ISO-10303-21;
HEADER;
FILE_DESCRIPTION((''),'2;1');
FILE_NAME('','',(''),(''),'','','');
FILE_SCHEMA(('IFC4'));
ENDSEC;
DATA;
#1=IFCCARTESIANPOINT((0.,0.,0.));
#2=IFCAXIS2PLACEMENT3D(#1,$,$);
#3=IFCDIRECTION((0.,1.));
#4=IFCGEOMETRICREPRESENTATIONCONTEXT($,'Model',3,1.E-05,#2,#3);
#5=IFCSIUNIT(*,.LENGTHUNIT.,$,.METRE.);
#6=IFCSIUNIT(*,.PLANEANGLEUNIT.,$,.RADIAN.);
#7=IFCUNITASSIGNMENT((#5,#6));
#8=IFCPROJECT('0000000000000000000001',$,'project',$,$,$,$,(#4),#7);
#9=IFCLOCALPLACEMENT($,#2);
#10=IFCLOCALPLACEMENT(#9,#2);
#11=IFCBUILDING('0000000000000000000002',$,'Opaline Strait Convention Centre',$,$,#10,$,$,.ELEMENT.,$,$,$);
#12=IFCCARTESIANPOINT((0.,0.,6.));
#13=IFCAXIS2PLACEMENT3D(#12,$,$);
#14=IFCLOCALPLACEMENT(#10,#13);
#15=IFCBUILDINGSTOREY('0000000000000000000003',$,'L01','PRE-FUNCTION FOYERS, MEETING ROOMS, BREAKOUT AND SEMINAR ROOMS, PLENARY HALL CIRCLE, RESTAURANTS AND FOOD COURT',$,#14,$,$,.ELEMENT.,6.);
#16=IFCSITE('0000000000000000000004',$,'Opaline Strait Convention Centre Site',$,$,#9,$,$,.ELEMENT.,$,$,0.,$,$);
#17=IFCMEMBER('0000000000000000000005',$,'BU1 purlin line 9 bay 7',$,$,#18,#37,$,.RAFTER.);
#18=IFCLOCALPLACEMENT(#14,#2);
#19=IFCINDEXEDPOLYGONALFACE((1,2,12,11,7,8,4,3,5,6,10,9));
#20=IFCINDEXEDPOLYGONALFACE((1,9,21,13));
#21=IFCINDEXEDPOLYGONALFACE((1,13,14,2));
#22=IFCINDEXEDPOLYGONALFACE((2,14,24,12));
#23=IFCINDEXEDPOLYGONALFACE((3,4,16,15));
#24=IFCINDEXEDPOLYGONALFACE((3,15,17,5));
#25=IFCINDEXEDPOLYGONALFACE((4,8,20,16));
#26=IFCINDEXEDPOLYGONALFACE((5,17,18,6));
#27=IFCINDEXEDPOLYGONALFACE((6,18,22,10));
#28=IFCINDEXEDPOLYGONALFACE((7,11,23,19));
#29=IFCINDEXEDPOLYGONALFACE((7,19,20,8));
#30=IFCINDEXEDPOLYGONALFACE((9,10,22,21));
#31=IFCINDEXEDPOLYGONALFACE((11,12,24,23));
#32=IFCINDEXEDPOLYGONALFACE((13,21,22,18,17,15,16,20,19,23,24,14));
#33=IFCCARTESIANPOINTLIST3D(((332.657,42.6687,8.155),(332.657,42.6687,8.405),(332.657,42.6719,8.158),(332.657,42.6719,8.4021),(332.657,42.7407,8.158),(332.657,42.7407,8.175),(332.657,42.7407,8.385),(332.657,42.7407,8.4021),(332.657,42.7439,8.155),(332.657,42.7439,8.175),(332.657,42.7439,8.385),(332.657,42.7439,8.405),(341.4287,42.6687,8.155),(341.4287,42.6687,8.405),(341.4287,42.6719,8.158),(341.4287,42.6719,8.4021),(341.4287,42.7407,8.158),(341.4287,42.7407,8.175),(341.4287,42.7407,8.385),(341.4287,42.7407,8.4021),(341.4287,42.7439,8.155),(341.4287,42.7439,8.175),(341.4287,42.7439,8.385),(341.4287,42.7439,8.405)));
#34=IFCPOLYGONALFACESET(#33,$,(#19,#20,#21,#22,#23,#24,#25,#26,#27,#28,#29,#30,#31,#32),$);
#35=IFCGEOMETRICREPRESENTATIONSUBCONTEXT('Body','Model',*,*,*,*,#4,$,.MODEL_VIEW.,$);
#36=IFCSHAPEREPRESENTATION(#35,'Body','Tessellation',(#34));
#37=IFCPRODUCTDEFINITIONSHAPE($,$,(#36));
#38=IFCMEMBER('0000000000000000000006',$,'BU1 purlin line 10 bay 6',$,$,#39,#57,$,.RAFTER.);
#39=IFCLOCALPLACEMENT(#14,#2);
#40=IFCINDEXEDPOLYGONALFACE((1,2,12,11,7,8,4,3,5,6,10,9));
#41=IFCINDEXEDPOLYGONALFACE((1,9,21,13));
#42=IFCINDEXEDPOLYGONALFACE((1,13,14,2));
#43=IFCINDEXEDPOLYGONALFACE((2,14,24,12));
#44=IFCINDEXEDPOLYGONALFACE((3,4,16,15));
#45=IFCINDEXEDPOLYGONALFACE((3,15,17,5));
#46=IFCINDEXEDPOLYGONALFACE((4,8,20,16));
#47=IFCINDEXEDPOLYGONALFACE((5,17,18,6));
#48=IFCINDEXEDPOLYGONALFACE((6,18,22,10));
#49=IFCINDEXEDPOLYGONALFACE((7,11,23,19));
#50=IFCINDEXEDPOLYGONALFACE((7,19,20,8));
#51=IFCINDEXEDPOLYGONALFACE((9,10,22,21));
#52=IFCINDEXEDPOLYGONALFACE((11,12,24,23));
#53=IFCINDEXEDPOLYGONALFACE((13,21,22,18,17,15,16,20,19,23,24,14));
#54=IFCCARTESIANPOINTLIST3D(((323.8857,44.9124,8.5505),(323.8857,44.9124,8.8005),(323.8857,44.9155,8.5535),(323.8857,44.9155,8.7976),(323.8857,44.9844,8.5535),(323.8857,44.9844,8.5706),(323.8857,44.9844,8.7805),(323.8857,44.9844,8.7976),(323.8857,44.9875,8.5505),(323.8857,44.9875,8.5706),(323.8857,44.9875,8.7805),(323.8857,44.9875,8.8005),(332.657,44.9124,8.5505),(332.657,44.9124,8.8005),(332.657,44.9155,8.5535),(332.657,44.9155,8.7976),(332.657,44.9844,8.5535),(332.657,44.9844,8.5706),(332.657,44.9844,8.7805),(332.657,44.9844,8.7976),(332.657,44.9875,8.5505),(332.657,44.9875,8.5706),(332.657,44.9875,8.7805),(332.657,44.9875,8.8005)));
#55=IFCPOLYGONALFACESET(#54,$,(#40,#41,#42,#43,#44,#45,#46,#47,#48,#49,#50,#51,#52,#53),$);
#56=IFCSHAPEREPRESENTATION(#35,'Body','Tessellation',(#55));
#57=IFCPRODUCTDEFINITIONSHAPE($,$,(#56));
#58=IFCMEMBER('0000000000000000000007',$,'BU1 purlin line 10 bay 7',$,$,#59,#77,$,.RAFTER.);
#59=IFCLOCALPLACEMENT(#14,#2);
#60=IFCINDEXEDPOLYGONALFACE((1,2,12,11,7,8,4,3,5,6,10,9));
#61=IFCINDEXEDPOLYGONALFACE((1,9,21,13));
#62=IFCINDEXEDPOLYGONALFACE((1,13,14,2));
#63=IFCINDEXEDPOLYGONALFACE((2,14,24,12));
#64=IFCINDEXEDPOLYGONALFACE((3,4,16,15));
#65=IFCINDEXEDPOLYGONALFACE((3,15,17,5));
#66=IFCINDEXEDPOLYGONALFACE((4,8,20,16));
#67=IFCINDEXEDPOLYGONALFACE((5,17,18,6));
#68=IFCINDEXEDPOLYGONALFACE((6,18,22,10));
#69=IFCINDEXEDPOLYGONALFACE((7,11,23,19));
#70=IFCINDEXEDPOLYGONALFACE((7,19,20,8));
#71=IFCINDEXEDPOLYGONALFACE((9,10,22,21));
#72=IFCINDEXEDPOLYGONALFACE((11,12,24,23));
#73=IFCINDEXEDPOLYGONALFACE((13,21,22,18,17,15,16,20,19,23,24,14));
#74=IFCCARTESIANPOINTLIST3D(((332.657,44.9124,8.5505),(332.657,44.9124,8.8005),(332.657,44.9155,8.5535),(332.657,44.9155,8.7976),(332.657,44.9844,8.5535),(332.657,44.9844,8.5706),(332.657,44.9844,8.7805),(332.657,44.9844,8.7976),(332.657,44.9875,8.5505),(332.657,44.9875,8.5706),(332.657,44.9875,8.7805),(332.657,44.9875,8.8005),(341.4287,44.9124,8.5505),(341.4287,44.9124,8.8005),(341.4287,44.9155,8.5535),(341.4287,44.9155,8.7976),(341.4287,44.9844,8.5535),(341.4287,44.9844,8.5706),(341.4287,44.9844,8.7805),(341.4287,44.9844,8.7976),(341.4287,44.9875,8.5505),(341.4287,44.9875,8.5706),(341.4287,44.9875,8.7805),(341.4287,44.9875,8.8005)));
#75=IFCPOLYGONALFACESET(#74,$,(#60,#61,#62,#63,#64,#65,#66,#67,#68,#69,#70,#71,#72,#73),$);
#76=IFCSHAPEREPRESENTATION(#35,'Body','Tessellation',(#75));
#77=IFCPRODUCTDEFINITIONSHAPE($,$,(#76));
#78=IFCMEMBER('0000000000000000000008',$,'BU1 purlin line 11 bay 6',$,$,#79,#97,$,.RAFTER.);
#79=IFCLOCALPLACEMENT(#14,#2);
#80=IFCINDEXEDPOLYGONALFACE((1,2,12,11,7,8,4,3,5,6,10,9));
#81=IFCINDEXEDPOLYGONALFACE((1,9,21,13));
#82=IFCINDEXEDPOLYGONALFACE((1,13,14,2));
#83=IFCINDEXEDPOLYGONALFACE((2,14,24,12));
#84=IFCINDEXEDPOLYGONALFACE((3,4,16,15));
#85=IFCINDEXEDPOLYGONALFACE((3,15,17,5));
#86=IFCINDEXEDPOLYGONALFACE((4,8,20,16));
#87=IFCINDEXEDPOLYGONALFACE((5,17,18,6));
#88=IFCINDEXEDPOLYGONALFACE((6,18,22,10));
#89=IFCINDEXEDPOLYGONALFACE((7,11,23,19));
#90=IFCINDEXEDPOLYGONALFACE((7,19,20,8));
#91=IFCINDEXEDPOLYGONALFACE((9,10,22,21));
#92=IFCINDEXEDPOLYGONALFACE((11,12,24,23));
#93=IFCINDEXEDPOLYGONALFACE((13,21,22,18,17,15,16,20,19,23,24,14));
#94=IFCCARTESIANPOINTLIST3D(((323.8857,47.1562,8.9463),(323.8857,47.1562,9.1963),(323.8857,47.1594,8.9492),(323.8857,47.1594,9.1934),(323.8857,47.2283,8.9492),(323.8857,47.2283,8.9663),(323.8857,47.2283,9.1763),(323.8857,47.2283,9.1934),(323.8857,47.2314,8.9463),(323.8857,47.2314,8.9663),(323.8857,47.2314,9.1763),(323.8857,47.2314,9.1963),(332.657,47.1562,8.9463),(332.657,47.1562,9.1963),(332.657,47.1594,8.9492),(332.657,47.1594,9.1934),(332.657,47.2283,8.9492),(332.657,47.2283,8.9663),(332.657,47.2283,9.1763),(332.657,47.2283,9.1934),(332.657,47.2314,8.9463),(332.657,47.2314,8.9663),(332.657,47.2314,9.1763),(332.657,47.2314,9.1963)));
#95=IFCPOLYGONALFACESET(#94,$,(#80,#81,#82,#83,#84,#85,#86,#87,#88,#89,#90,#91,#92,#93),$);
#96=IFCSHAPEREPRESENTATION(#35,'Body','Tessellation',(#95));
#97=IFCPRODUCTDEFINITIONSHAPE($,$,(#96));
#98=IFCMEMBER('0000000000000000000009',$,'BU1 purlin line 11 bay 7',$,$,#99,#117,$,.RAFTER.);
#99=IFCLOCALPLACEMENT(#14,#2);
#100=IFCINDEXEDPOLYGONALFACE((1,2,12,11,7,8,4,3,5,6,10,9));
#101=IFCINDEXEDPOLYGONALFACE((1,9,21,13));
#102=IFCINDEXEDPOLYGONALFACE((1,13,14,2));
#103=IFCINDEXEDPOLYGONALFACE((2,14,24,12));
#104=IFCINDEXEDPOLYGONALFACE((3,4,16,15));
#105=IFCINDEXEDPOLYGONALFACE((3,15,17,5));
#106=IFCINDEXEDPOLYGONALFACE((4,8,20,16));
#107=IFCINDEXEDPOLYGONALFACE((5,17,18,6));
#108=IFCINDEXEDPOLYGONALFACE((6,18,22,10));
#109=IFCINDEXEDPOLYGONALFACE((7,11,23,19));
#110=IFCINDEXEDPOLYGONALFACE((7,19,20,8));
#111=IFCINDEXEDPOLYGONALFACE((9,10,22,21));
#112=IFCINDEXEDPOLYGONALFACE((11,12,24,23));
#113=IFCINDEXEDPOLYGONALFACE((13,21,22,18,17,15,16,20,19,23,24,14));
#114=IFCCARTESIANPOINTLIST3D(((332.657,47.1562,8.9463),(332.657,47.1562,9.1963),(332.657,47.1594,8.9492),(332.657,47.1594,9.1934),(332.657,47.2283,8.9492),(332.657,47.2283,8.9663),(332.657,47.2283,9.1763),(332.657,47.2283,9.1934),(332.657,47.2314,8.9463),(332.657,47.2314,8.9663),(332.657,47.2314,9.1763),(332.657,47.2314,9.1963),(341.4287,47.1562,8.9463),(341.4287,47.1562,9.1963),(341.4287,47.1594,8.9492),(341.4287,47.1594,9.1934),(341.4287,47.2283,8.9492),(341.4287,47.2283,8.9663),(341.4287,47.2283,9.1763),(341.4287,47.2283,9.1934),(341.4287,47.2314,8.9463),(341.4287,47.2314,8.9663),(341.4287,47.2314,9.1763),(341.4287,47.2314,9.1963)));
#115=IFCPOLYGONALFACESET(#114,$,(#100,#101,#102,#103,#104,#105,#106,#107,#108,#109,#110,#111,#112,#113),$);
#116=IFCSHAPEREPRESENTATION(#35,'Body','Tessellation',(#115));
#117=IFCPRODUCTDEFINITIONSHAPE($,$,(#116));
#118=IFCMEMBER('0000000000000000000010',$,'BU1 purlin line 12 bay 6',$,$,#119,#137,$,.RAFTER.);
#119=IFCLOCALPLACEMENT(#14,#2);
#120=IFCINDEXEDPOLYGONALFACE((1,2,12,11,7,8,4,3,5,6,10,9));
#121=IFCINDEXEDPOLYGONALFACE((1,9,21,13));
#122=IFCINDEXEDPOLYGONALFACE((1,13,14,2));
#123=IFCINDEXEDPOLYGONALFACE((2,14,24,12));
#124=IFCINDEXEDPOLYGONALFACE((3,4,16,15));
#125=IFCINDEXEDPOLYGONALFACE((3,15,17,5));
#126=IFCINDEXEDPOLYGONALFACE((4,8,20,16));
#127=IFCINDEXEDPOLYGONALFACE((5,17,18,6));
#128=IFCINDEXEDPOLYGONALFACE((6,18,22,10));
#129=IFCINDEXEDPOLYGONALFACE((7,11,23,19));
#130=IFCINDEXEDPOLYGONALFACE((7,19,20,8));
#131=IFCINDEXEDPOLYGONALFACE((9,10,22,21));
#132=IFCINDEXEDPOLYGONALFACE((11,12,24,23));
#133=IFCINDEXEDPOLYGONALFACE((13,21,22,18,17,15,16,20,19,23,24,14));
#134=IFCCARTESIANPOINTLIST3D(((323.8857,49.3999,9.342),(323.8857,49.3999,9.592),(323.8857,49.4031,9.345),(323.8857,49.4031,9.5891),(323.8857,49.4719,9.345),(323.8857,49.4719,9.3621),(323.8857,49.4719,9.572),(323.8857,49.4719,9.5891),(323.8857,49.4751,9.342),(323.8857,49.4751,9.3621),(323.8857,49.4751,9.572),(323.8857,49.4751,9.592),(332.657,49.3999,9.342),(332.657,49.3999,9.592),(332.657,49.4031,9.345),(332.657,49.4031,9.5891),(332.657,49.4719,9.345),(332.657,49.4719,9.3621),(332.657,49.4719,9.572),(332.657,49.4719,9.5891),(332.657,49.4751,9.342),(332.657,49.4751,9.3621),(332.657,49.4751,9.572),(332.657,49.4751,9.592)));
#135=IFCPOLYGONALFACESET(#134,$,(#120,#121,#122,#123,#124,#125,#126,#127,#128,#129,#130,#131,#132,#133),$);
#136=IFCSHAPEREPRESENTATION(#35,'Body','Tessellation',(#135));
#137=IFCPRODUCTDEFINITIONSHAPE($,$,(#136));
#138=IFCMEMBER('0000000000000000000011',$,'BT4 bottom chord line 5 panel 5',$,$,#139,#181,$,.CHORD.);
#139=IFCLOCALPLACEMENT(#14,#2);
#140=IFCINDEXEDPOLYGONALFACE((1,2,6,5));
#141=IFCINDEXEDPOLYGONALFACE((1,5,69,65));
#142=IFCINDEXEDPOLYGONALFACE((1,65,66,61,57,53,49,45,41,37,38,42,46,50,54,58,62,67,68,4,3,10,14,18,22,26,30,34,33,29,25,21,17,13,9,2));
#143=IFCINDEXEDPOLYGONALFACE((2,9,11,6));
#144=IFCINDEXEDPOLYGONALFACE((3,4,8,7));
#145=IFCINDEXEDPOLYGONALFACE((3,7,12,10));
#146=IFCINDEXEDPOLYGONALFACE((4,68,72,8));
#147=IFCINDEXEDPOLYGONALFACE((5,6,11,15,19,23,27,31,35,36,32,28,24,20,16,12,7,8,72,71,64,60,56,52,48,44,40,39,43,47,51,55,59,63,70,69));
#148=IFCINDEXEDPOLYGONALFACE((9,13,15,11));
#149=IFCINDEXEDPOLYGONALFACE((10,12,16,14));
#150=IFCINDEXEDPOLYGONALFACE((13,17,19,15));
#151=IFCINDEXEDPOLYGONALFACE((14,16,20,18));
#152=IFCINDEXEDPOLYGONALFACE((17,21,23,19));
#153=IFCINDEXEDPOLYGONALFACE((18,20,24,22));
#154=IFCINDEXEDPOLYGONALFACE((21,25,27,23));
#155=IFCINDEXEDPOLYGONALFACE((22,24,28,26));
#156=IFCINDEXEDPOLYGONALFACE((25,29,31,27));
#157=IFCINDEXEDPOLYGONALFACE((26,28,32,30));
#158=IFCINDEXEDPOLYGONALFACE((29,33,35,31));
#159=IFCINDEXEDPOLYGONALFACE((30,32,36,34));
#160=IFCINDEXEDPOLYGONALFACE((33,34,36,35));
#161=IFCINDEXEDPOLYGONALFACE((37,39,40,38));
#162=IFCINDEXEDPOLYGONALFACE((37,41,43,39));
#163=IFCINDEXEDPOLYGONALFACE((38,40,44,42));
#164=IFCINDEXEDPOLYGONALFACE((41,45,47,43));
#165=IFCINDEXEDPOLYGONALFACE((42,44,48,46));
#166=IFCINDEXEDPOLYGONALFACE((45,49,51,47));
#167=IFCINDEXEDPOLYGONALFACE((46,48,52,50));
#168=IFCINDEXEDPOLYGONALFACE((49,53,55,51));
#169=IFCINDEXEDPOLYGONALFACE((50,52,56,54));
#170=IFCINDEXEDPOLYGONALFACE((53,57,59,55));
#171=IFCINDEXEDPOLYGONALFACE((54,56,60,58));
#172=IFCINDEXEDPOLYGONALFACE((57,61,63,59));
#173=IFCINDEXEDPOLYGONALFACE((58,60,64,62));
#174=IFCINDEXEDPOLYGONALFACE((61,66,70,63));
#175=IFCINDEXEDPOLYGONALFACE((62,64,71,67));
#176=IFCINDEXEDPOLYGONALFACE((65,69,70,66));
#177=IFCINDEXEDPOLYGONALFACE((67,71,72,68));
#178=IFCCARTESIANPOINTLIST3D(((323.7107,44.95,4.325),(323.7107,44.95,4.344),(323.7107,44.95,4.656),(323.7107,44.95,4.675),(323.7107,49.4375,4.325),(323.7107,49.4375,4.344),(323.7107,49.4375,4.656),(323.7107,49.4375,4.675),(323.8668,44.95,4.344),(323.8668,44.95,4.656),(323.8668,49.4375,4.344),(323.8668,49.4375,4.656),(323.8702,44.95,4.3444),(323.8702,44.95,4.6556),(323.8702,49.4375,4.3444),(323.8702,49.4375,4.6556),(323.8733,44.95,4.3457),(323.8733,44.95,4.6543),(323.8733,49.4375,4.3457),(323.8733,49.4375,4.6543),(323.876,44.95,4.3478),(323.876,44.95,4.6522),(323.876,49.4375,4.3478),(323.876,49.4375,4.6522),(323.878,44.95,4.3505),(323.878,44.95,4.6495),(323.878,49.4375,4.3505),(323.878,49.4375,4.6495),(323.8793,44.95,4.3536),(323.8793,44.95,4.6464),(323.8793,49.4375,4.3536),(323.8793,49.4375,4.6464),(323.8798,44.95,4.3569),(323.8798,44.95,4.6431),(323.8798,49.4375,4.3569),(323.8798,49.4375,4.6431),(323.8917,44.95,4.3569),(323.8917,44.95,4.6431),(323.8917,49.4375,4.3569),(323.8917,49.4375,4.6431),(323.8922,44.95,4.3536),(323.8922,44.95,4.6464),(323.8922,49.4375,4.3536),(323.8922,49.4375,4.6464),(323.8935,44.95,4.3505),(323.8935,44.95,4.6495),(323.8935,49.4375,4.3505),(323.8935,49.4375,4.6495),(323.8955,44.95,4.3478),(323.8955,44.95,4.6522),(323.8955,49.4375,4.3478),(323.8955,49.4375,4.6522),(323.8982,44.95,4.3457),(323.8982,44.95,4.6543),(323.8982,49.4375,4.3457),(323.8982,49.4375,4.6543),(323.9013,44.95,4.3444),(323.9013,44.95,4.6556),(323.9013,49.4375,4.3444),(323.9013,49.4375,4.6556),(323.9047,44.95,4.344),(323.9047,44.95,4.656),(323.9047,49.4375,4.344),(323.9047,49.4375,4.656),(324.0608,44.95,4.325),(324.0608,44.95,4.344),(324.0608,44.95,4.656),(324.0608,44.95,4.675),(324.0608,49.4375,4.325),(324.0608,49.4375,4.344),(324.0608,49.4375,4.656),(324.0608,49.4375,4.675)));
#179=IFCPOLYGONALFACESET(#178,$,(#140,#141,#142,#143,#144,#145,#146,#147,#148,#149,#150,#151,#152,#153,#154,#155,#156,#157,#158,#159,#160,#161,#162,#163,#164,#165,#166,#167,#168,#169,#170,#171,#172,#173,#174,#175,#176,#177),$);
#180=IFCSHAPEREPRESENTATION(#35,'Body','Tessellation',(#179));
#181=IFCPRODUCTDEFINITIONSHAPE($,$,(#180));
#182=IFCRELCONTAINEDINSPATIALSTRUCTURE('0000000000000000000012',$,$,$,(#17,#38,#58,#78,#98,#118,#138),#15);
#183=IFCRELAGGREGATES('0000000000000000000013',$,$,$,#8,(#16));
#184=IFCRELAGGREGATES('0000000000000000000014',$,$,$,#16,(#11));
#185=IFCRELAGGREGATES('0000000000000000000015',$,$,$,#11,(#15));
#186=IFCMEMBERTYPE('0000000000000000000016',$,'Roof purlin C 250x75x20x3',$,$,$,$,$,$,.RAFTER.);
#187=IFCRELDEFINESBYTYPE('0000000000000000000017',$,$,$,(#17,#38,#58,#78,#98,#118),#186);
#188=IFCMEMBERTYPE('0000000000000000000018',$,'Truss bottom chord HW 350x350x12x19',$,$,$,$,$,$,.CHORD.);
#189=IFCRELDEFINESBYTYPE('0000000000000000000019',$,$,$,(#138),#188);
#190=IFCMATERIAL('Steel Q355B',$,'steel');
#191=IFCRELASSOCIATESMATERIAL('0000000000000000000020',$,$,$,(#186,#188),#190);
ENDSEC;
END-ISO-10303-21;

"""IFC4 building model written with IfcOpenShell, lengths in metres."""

from ifc_helpers import new_model, si_unit, direction, frame, origin, origin_2d, place, context, subcontext, project, spatial, polyline, i_section, outline, extrude, material, material_profile, profile_set, type_object, element, save


model = new_model("IFC4")

# Units and contexts
model_context = context("Model", 3, precision=1e-05, world=origin(), true_north=direction((0.0, 1.0)))
body_context = subcontext(model_context, "Body", "Model", "MODEL_VIEW")
ifc_project = project(units=[si_unit("LENGTHUNIT", "METRE"), si_unit("PLANEANGLEUNIT", "RADIAN")], contexts=[model_context])

# Site, building, storey
site_placement = place(None, origin())
site = spatial("IfcSite", under=ifc_project, at=site_placement, Name="Opaline Strait Convention Centre Site", CompositionType="ELEMENT", RefElevation=0.0)
building_placement = place(site_placement, origin())
building = spatial("IfcBuilding", under=site, at=building_placement, Name="Opaline Strait Convention Centre", CompositionType="ELEMENT")
storey_placement = place(building_placement, frame((0.0, 0.0, 6.0)))
storey = spatial("IfcBuildingStorey", under=building, at=storey_placement, Name="L01", Description="PRE-FUNCTION FOYERS, MEETING ROOMS, BREAKOUT AND SEMINAR ROOMS, PLENARY HALL CIRCLE, RESTAURANTS AND FOOD COURT", CompositionType="ELEMENT", Elevation=6.0)

# Members
ifc_material_1 = material(Name="Steel Q355B", Category="steel")
ifc_material_profile_1 = material_profile(ifc_material_1, outline(polyline([(-0.0376, -0.125), (0.0376, -0.125), (0.0376, -0.105), (0.0344, -0.105), (0.0344, -0.1221), (-0.0344, -0.1221), (-0.0344, 0.1221), (0.0344, 0.1221), (0.0344, 0.105), (0.0376, 0.105), (0.0376, 0.125), (-0.0376, 0.125), (-0.0376, -0.125)])), Name="C 250x75x20x3")
ifc_profile_set_1 = profile_set([ifc_material_profile_1], Name="Steel Q355B")
member_type_1 = type_object("IfcMemberType", Name="Roof purlin C 250x75x20x3", PredefinedType="RAFTER", material=ifc_profile_set_1)
member_1_placement = place(storey_placement, frame((332.657, 42.7063, 8.28), z_axis=(1.0, 0.0, 0.0), x_axis=(0.0, 1.0, 0.0)))
element("IfcMember", 1, at=member_1_placement, inside=storey, type_object=member_type_1, Name="BU1 purlin line 9 bay 7", PredefinedType="RAFTER", context=body_context, shape_type="SweptSolid", body=[
    extrude(outline(polyline([(-0.0376, -0.125), (0.0376, -0.125), (0.0376, -0.105), (0.0344, -0.105), (0.0344, -0.1221), (-0.0344, -0.1221), (-0.0344, 0.1221), (0.0344, 0.1221), (0.0344, 0.105), (0.0376, 0.105), (0.0376, 0.125), (-0.0376, 0.125), (-0.0376, -0.125)])), origin(), (0.0, 0.0, 1.0), 8.7717),
])
member_2_placement = place(storey_placement, frame((323.8857, 44.95, 8.6755), z_axis=(1.0, 0.0, 0.0), x_axis=(0.0, 1.0, 0.0)))
element("IfcMember", 2, at=member_2_placement, inside=storey, type_object=member_type_1, Name="BU1 purlin line 10 bay 6", PredefinedType="RAFTER", context=body_context, shape_type="SweptSolid", body=[
    extrude(outline(polyline([(-0.0376, -0.125), (0.0376, -0.125), (0.0376, -0.105), (0.0344, -0.105), (0.0344, -0.1221), (-0.0344, -0.1221), (-0.0344, 0.1221), (0.0344, 0.1221), (0.0344, 0.105), (0.0376, 0.105), (0.0376, 0.125), (-0.0376, 0.125), (-0.0376, -0.125)])), origin(), (0.0, 0.0, 1.0), 8.7712),
])
member_3_placement = place(storey_placement, frame((332.657, 44.95, 8.6755), z_axis=(1.0, 0.0, 0.0), x_axis=(0.0, 1.0, 0.0)))
element("IfcMember", 3, at=member_3_placement, inside=storey, type_object=member_type_1, Name="BU1 purlin line 10 bay 7", PredefinedType="RAFTER", context=body_context, shape_type="SweptSolid", body=[
    extrude(outline(polyline([(-0.0376, -0.125), (0.0376, -0.125), (0.0376, -0.105), (0.0344, -0.105), (0.0344, -0.1221), (-0.0344, -0.1221), (-0.0344, 0.1221), (0.0344, 0.1221), (0.0344, 0.105), (0.0376, 0.105), (0.0376, 0.125), (-0.0376, 0.125), (-0.0376, -0.125)])), origin(), (0.0, 0.0, 1.0), 8.7717),
])
member_4_placement = place(storey_placement, frame((323.8857, 47.1938, 9.0713), z_axis=(1.0, 0.0, 0.0), x_axis=(0.0, 1.0, 0.0)))
element("IfcMember", 4, at=member_4_placement, inside=storey, type_object=member_type_1, Name="BU1 purlin line 11 bay 6", PredefinedType="RAFTER", context=body_context, shape_type="SweptSolid", body=[
    extrude(outline(polyline([(-0.0376, -0.125), (0.0376, -0.125), (0.0376, -0.105), (0.0344, -0.105), (0.0344, -0.1221), (-0.0344, -0.1221), (-0.0344, 0.1221), (0.0344, 0.1221), (0.0344, 0.105), (0.0376, 0.105), (0.0376, 0.125), (-0.0376, 0.125), (-0.0376, -0.125)])), origin(), (0.0, 0.0, 1.0), 8.7712),
])
member_5_placement = place(storey_placement, frame((332.657, 47.1938, 9.0713), z_axis=(1.0, 0.0, 0.0), x_axis=(0.0, 1.0, 0.0)))
element("IfcMember", 5, at=member_5_placement, inside=storey, type_object=member_type_1, Name="BU1 purlin line 11 bay 7", PredefinedType="RAFTER", context=body_context, shape_type="SweptSolid", body=[
    extrude(outline(polyline([(-0.0376, -0.125), (0.0376, -0.125), (0.0376, -0.105), (0.0344, -0.105), (0.0344, -0.1221), (-0.0344, -0.1221), (-0.0344, 0.1221), (0.0344, 0.1221), (0.0344, 0.105), (0.0376, 0.105), (0.0376, 0.125), (-0.0376, 0.125), (-0.0376, -0.125)])), origin(), (0.0, 0.0, 1.0), 8.7717),
])
member_6_placement = place(storey_placement, frame((323.8857, 49.4375, 9.467), z_axis=(1.0, 0.0, 0.0), x_axis=(0.0, 1.0, 0.0)))
element("IfcMember", 6, at=member_6_placement, inside=storey, type_object=member_type_1, Name="BU1 purlin line 12 bay 6", PredefinedType="RAFTER", context=body_context, shape_type="SweptSolid", body=[
    extrude(outline(polyline([(-0.0376, -0.125), (0.0376, -0.125), (0.0376, -0.105), (0.0344, -0.105), (0.0344, -0.1221), (-0.0344, -0.1221), (-0.0344, 0.1221), (0.0344, 0.1221), (0.0344, 0.105), (0.0376, 0.105), (0.0376, 0.125), (-0.0376, 0.125), (-0.0376, -0.125)])), origin(), (0.0, 0.0, 1.0), 8.7712),
])
ifc_material_profile_2 = material_profile(ifc_material_1, i_section(OverallWidth=0.3501, OverallDepth=0.3501, WebThickness=0.012, FlangeThickness=0.019, FilletRadius=0.0129, at=origin_2d()), Name="HW 350x350x12x19")
ifc_profile_set_2 = profile_set([ifc_material_profile_2], Name="Steel Q355B")
member_type_2 = type_object("IfcMemberType", Name="Truss bottom chord HW 350x350x12x19", PredefinedType="CHORD", material=ifc_profile_set_2)
for number, where, z_axis, x_axis, name in (
    (7, (323.8857, 44.95, 4.5), (0.0, 1.0, 0.0), (-1.0, 0.0, 0.0), "BT4 bottom chord line 5 panel 5"),
):
    element("IfcMember", number, at=place(storey_placement, frame(where, z_axis=z_axis, x_axis=x_axis)), inside=storey, type_object=member_type_2, Name=name, PredefinedType="CHORD", context=body_context, shape_type="SweptSolid", body=[
        extrude(i_section(OverallWidth=0.3501, OverallDepth=0.3501, WebThickness=0.012, FlangeThickness=0.019, FilletRadius=0.0129, at=origin_2d()), origin(), (0.0, 0.0, 1.0), 4.4875),
    ])

save(model, "model.ifc")
